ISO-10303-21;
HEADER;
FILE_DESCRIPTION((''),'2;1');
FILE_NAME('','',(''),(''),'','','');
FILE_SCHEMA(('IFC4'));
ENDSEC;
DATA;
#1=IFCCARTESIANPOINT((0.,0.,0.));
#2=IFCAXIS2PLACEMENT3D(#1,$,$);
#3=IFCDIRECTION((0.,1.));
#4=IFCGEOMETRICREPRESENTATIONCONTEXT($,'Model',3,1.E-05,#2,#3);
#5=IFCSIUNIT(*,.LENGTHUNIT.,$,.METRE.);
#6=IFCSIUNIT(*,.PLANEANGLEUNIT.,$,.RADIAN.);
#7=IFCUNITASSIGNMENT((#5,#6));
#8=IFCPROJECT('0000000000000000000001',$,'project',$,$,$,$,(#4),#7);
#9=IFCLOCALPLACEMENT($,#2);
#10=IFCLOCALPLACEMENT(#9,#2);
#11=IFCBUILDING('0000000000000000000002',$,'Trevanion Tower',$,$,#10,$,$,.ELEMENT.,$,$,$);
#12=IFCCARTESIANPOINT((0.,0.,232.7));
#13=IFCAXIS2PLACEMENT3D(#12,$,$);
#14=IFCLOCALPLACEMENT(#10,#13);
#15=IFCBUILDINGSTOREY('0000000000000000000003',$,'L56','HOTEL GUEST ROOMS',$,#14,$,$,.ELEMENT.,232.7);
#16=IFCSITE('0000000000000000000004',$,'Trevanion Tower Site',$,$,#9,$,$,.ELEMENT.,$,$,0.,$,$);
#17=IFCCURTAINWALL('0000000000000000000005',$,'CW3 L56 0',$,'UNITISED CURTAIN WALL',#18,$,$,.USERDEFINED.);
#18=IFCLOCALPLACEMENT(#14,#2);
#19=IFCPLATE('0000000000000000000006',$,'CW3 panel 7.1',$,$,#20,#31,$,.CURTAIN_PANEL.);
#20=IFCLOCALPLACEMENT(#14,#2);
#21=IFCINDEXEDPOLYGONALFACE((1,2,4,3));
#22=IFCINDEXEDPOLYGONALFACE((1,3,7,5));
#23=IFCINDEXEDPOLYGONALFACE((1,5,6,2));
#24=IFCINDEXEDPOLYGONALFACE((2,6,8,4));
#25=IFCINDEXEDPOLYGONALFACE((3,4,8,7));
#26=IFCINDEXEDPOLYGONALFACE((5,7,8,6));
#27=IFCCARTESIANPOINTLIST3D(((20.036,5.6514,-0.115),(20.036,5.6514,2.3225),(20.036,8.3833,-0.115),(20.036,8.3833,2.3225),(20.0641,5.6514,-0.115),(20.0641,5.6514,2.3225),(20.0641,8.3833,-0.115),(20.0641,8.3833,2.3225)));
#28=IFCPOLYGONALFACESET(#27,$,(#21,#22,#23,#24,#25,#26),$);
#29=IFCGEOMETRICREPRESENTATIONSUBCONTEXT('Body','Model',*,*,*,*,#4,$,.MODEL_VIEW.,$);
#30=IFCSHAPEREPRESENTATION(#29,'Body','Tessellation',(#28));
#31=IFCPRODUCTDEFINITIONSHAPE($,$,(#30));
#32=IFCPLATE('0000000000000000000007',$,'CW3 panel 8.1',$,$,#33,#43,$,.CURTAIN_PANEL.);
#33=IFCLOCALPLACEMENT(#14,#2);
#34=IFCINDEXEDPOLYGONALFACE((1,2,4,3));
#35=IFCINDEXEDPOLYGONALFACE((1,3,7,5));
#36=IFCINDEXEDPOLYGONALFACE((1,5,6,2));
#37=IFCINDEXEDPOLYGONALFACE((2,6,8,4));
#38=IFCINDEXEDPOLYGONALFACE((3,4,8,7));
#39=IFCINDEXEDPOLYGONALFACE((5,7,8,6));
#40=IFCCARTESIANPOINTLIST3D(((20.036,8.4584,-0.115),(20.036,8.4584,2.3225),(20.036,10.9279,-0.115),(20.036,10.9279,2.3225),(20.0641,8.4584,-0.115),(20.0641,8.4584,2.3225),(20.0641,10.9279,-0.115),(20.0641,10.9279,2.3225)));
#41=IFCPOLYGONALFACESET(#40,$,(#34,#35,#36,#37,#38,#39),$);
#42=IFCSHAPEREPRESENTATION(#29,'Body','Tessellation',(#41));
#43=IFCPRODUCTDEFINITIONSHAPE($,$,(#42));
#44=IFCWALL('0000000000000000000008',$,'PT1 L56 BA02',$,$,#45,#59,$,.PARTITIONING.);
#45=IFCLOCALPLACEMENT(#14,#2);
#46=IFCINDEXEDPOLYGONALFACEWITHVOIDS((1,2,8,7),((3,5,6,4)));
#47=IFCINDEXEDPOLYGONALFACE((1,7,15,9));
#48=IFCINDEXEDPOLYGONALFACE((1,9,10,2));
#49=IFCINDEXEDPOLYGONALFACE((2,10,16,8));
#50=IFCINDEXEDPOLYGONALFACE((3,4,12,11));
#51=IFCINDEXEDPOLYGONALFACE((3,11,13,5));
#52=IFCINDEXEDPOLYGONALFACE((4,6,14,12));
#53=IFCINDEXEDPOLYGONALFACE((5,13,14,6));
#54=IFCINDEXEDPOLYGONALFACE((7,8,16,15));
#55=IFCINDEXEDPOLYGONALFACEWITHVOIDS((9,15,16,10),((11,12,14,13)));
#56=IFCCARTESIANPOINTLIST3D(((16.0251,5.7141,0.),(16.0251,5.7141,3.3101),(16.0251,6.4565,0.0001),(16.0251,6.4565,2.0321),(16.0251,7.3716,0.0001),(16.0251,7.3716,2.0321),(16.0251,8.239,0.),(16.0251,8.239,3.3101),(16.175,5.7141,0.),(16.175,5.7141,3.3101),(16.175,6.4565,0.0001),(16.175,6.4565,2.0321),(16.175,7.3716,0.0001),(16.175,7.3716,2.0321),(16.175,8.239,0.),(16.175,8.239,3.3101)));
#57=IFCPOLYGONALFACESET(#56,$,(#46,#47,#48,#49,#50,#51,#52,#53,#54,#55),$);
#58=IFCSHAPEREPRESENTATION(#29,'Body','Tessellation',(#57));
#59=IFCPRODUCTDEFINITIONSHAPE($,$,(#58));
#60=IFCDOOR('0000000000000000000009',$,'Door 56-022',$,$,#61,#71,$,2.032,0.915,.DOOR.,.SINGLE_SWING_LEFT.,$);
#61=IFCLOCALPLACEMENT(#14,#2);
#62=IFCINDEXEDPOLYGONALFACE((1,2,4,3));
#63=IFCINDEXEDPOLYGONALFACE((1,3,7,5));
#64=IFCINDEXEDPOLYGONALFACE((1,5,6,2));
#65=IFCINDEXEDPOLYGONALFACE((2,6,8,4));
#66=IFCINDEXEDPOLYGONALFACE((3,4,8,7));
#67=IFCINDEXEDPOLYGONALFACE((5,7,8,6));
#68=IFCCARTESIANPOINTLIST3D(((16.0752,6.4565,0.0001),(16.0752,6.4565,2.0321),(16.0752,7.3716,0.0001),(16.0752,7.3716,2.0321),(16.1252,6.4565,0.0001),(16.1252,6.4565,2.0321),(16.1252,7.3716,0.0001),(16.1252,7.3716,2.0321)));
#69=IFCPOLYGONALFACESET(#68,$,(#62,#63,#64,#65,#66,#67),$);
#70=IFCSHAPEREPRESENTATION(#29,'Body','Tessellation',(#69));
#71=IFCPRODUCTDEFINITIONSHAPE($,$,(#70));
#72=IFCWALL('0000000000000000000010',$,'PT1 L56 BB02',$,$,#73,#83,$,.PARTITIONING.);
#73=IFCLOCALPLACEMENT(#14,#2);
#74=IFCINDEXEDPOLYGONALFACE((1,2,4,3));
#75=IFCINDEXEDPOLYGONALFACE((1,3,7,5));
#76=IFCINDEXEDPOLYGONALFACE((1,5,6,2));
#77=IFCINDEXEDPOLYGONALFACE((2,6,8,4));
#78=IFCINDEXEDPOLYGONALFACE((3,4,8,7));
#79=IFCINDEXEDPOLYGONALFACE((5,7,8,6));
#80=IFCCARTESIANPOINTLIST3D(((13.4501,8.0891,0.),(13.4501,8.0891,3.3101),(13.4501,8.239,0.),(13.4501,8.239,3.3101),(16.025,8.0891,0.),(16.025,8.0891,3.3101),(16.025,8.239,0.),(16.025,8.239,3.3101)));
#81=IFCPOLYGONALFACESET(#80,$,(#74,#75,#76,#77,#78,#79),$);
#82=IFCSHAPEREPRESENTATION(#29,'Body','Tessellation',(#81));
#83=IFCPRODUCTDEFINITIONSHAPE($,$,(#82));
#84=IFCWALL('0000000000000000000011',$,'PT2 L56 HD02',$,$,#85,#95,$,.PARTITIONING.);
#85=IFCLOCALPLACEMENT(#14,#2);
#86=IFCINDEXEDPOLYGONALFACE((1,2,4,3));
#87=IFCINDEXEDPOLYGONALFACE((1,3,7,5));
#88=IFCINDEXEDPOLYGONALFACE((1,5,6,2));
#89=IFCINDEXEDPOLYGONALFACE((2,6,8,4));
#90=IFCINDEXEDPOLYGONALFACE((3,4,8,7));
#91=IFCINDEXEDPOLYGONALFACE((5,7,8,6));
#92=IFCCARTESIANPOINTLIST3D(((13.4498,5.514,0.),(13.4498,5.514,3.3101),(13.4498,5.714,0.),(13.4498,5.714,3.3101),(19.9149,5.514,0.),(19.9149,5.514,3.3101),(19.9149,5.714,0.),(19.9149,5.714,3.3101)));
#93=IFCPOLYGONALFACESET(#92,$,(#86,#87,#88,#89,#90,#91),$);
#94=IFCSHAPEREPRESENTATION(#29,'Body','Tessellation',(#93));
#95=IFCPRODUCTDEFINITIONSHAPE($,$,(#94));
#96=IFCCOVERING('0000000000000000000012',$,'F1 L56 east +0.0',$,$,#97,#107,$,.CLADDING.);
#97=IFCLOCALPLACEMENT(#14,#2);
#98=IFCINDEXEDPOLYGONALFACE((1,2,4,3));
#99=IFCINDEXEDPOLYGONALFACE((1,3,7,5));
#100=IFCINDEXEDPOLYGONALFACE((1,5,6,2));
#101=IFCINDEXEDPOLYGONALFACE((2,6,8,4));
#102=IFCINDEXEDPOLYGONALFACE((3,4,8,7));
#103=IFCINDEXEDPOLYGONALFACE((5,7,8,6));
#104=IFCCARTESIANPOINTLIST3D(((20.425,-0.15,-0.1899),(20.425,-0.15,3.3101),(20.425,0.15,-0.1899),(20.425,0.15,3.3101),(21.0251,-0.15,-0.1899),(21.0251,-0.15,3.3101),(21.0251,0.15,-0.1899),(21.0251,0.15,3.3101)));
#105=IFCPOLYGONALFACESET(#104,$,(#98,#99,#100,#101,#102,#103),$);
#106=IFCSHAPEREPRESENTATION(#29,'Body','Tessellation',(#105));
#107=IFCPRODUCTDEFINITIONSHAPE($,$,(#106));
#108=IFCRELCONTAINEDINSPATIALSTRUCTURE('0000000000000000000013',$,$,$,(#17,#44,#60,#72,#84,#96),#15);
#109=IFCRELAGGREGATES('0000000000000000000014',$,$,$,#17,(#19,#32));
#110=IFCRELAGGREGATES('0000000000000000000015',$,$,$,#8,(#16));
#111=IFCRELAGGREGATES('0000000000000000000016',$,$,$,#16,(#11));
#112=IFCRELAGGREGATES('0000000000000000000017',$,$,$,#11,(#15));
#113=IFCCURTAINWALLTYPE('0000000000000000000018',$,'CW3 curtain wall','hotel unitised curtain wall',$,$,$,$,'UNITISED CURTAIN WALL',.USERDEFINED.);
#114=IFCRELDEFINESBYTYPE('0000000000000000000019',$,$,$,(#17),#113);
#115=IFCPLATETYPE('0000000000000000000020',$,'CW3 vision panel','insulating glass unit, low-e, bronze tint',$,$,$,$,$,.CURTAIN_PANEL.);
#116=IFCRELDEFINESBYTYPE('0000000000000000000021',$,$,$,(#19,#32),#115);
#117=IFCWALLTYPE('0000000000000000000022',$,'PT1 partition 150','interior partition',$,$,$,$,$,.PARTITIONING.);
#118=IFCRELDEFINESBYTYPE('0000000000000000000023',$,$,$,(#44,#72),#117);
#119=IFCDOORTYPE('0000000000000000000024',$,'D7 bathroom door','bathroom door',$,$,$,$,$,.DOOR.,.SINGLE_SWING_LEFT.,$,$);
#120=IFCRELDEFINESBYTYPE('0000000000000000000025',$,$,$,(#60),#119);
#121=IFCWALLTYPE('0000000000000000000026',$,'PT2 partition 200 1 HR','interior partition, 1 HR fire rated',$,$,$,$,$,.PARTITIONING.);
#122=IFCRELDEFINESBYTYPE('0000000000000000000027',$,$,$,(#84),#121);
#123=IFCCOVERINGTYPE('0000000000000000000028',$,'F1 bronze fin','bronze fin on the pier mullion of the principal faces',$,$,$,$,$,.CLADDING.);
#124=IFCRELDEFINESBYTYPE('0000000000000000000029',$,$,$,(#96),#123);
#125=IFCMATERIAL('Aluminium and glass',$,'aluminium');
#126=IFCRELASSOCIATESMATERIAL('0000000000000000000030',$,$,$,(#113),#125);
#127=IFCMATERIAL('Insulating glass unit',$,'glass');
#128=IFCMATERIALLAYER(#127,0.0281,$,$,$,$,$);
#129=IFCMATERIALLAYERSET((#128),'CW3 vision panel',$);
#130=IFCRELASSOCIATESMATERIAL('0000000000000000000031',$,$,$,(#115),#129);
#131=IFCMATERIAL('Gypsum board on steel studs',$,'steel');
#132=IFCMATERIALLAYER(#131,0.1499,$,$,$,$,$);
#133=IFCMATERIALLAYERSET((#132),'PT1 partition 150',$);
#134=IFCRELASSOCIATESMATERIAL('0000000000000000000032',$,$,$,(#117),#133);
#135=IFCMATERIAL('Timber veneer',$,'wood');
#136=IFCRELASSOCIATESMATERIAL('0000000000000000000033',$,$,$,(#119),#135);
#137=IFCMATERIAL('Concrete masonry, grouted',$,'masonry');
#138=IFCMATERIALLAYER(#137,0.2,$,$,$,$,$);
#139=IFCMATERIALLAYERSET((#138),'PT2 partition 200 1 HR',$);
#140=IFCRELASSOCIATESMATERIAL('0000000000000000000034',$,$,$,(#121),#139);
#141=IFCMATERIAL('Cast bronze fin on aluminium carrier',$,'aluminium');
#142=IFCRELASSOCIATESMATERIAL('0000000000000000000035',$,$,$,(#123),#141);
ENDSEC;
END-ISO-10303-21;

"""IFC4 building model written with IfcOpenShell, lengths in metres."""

from ifc_helpers import new_model, si_unit, direction, frame, frame_2d, origin, origin_2d, place, context, subcontext, project, spatial, rectangle, extrude, material, layer, layer_set, type_object, element, fill, aggregate, save


model = new_model("IFC4")

# Units and contexts
model_context = context("Model", 3, precision=1e-05, world=origin(), true_north=direction((0.0, 1.0)))
body_context = subcontext(model_context, "Body", "Model", "MODEL_VIEW")
ifc_project = project(units=[si_unit("LENGTHUNIT", "METRE"), si_unit("PLANEANGLEUNIT", "RADIAN")], contexts=[model_context])

# Site, building, storey
site_placement = place(None, origin())
site = spatial("IfcSite", under=ifc_project, at=site_placement, Name="Trevanion Tower Site", CompositionType="ELEMENT", RefElevation=0.0)
building_placement = place(site_placement, origin())
building = spatial("IfcBuilding", under=site, at=building_placement, Name="Trevanion Tower", CompositionType="ELEMENT")
storey_placement = place(building_placement, frame((0.0, 0.0, 232.7)))
storey = spatial("IfcBuildingStorey", under=building, at=storey_placement, Name="L56", Description="HOTEL GUEST ROOMS", CompositionType="ELEMENT", Elevation=232.7)

# Curtain wall
ifc_material_1 = material(Name="Aluminium and glass", Category="aluminium")
curtain_wall_type = type_object("IfcCurtainWallType", Name="CW3 curtain wall", Description="hotel unitised curtain wall", ElementType="UNITISED CURTAIN WALL", PredefinedType="USERDEFINED", material=ifc_material_1)
curtain_wall_placement = place(storey_placement, origin())
curtain_wall = element("IfcCurtainWall", 1, at=curtain_wall_placement, inside=storey, type_object=curtain_wall_type, Name="CW3 L56 0", ObjectType="UNITISED CURTAIN WALL", PredefinedType="USERDEFINED")

# Plates
ifc_material_2 = material(Name="Insulating glass unit", Category="glass")
ifc_layer_1 = layer(ifc_material_2, 0.0281)
ifc_layer_set_1 = layer_set([ifc_layer_1], Name="CW3 vision panel")
plate_type_1 = type_object("IfcPlateType", Name="CW3 vision panel", Description="insulating glass unit, low-e, bronze tint", PredefinedType="CURTAIN_PANEL", material=ifc_layer_set_1)
plate_1_placement = place(storey_placement, frame((20.05, 7.0173, -0.115), z_axis=(0.0, 0.0, 1.0), x_axis=(0.0, 1.0, 0.0)))
plate_1 = element("IfcPlate", 2, at=plate_1_placement, type_object=plate_type_1, Name="CW3 panel 7.1", PredefinedType="CURTAIN_PANEL", context=body_context, shape_type="SweptSolid", body=[
    extrude(rectangle(XDim=2.7319, YDim=0.0281, at=origin_2d()), origin(), (0.0, 0.0, 1.0), 2.4375),
])
plate_2_placement = place(storey_placement, frame((20.05, 9.6931, -0.115), z_axis=(0.0, 0.0, 1.0), x_axis=(0.0, 1.0, 0.0)))
plate_2 = element("IfcPlate", 3, at=plate_2_placement, type_object=plate_type_1, Name="CW3 panel 8.1", PredefinedType="CURTAIN_PANEL", context=body_context, shape_type="SweptSolid", body=[
    extrude(rectangle(XDim=2.4695, YDim=0.0281, at=origin_2d()), origin(), (0.0, 0.0, 1.0), 2.4375),
])
aggregate(curtain_wall, [plate_1, plate_2])

# Wall, opening, door
ifc_material_3 = material(Name="Gypsum board on steel studs", Category="steel")
ifc_layer_2 = layer(ifc_material_3, 0.1499)
ifc_layer_set_2 = layer_set([ifc_layer_2], Name="PT1 partition 150")
wall_type_1 = type_object("IfcWallType", Name="PT1 partition 150", Description="interior partition", PredefinedType="PARTITIONING", material=ifc_layer_set_2)
wall_1_placement = place(storey_placement, frame((16.1001, 5.7141, 0.0), z_axis=(0.0, 0.0, 1.0), x_axis=(0.0, 1.0, 0.0)))
wall_1 = element("IfcWall", 4, at=wall_1_placement, inside=storey, type_object=wall_type_1, Name="PT1 L56 BA02", PredefinedType="PARTITIONING", context=body_context, shape_type="SweptSolid", body=[
    extrude(rectangle(XDim=2.5249, YDim=0.1499, at=frame_2d((1.2625, 0.0))), origin(), (0.0, 0.0, 1.0), 3.3101),
])
opening_placement = place(wall_1_placement, frame((0.7424, 0.0, 0.0)))
opening = element("IfcOpeningElement", 5, at=opening_placement, cuts=wall_1, PredefinedType="OPENING", context=body_context, shape_type="SweptSolid", body=[
    extrude(rectangle(XDim=0.915, YDim=2.032, at=frame_2d((0.4575, 1.0161))), frame((0.0, 0.085, 0.0), z_axis=(0.0, -1.0, 0.0), x_axis=(1.0, 0.0, 0.0)), (0.0, 0.0, 1.0), 0.1699),
])
ifc_material_4 = material(Name="Timber veneer", Category="wood")
door_type = type_object("IfcDoorType", Name="D7 bathroom door", Description="bathroom door", OperationType="SINGLE_SWING_LEFT", PredefinedType="DOOR", material=ifc_material_4)
door_placement = place(opening_placement, origin())
door = element("IfcDoor", 6, at=door_placement, inside=storey, type_object=door_type, Name="Door 56-022", OperationType="SINGLE_SWING_LEFT", OverallHeight=2.032, OverallWidth=0.915, PredefinedType="DOOR", context=body_context, shape_type="SweptSolid", body=[
    extrude(rectangle(XDim=0.915, YDim=2.032, at=frame_2d((0.4575, 1.0161))), frame((0.0, 0.0249, 0.0), z_axis=(0.0, -1.0, 0.0), x_axis=(1.0, 0.0, 0.0)), (0.0, 0.0, 1.0), 0.05),
])
fill(opening, door)

# Walls
wall_2_placement = place(storey_placement, frame((13.45, 8.1641, 0.0), z_axis=(0.0, 0.0, 1.0), x_axis=(1.0, 0.0, 0.0)))
element("IfcWall", 7, at=wall_2_placement, inside=storey, type_object=wall_type_1, Name="PT1 L56 BB02", PredefinedType="PARTITIONING", context=body_context, shape_type="SweptSolid", body=[
    extrude(rectangle(XDim=2.575, YDim=0.1499, at=frame_2d((1.2876, 0.0))), origin(), (0.0, 0.0, 1.0), 3.3101),
])
ifc_material_5 = material(Name="Concrete masonry, grouted", Category="masonry")
ifc_layer_3 = layer(ifc_material_5, 0.2)
ifc_layer_set_3 = layer_set([ifc_layer_3], Name="PT2 partition 200 1 HR")
wall_type_2 = type_object("IfcWallType", Name="PT2 partition 200 1 HR", Description="interior partition, 1 HR fire rated", PredefinedType="PARTITIONING", material=ifc_layer_set_3)
wall_3_placement = place(storey_placement, frame((13.45, 5.614, 0.0), z_axis=(0.0, 0.0, 1.0), x_axis=(1.0, 0.0, 0.0)))
element("IfcWall", 8, at=wall_3_placement, inside=storey, type_object=wall_type_2, Name="PT2 L56 HD02", PredefinedType="PARTITIONING", context=body_context, shape_type="SweptSolid", body=[
    extrude(rectangle(XDim=6.4651, YDim=0.2, at=frame_2d((3.2324, 0.0))), origin(), (0.0, 0.0, 1.0), 3.3101),
])

# Covering
ifc_material_6 = material(Name="Cast bronze fin on aluminium carrier", Category="aluminium")
covering_type = type_object("IfcCoveringType", Name="F1 bronze fin", Description="bronze fin on the pier mullion of the principal faces", PredefinedType="CLADDING", material=ifc_material_6)
covering_placement = place(storey_placement, frame((20.7251, 0.0, -0.1899), z_axis=(0.0, 0.0, 1.0), x_axis=(0.0, 1.0, 0.0)))
element("IfcCovering", 9, at=covering_placement, inside=storey, type_object=covering_type, Name="F1 L56 east +0.0", PredefinedType="CLADDING", context=body_context, shape_type="SweptSolid", body=[
    extrude(rectangle(XDim=0.3, YDim=0.6001, at=origin_2d()), origin(), (0.0, 0.0, 1.0), 3.5),
])

save(model, "model.ifc")
